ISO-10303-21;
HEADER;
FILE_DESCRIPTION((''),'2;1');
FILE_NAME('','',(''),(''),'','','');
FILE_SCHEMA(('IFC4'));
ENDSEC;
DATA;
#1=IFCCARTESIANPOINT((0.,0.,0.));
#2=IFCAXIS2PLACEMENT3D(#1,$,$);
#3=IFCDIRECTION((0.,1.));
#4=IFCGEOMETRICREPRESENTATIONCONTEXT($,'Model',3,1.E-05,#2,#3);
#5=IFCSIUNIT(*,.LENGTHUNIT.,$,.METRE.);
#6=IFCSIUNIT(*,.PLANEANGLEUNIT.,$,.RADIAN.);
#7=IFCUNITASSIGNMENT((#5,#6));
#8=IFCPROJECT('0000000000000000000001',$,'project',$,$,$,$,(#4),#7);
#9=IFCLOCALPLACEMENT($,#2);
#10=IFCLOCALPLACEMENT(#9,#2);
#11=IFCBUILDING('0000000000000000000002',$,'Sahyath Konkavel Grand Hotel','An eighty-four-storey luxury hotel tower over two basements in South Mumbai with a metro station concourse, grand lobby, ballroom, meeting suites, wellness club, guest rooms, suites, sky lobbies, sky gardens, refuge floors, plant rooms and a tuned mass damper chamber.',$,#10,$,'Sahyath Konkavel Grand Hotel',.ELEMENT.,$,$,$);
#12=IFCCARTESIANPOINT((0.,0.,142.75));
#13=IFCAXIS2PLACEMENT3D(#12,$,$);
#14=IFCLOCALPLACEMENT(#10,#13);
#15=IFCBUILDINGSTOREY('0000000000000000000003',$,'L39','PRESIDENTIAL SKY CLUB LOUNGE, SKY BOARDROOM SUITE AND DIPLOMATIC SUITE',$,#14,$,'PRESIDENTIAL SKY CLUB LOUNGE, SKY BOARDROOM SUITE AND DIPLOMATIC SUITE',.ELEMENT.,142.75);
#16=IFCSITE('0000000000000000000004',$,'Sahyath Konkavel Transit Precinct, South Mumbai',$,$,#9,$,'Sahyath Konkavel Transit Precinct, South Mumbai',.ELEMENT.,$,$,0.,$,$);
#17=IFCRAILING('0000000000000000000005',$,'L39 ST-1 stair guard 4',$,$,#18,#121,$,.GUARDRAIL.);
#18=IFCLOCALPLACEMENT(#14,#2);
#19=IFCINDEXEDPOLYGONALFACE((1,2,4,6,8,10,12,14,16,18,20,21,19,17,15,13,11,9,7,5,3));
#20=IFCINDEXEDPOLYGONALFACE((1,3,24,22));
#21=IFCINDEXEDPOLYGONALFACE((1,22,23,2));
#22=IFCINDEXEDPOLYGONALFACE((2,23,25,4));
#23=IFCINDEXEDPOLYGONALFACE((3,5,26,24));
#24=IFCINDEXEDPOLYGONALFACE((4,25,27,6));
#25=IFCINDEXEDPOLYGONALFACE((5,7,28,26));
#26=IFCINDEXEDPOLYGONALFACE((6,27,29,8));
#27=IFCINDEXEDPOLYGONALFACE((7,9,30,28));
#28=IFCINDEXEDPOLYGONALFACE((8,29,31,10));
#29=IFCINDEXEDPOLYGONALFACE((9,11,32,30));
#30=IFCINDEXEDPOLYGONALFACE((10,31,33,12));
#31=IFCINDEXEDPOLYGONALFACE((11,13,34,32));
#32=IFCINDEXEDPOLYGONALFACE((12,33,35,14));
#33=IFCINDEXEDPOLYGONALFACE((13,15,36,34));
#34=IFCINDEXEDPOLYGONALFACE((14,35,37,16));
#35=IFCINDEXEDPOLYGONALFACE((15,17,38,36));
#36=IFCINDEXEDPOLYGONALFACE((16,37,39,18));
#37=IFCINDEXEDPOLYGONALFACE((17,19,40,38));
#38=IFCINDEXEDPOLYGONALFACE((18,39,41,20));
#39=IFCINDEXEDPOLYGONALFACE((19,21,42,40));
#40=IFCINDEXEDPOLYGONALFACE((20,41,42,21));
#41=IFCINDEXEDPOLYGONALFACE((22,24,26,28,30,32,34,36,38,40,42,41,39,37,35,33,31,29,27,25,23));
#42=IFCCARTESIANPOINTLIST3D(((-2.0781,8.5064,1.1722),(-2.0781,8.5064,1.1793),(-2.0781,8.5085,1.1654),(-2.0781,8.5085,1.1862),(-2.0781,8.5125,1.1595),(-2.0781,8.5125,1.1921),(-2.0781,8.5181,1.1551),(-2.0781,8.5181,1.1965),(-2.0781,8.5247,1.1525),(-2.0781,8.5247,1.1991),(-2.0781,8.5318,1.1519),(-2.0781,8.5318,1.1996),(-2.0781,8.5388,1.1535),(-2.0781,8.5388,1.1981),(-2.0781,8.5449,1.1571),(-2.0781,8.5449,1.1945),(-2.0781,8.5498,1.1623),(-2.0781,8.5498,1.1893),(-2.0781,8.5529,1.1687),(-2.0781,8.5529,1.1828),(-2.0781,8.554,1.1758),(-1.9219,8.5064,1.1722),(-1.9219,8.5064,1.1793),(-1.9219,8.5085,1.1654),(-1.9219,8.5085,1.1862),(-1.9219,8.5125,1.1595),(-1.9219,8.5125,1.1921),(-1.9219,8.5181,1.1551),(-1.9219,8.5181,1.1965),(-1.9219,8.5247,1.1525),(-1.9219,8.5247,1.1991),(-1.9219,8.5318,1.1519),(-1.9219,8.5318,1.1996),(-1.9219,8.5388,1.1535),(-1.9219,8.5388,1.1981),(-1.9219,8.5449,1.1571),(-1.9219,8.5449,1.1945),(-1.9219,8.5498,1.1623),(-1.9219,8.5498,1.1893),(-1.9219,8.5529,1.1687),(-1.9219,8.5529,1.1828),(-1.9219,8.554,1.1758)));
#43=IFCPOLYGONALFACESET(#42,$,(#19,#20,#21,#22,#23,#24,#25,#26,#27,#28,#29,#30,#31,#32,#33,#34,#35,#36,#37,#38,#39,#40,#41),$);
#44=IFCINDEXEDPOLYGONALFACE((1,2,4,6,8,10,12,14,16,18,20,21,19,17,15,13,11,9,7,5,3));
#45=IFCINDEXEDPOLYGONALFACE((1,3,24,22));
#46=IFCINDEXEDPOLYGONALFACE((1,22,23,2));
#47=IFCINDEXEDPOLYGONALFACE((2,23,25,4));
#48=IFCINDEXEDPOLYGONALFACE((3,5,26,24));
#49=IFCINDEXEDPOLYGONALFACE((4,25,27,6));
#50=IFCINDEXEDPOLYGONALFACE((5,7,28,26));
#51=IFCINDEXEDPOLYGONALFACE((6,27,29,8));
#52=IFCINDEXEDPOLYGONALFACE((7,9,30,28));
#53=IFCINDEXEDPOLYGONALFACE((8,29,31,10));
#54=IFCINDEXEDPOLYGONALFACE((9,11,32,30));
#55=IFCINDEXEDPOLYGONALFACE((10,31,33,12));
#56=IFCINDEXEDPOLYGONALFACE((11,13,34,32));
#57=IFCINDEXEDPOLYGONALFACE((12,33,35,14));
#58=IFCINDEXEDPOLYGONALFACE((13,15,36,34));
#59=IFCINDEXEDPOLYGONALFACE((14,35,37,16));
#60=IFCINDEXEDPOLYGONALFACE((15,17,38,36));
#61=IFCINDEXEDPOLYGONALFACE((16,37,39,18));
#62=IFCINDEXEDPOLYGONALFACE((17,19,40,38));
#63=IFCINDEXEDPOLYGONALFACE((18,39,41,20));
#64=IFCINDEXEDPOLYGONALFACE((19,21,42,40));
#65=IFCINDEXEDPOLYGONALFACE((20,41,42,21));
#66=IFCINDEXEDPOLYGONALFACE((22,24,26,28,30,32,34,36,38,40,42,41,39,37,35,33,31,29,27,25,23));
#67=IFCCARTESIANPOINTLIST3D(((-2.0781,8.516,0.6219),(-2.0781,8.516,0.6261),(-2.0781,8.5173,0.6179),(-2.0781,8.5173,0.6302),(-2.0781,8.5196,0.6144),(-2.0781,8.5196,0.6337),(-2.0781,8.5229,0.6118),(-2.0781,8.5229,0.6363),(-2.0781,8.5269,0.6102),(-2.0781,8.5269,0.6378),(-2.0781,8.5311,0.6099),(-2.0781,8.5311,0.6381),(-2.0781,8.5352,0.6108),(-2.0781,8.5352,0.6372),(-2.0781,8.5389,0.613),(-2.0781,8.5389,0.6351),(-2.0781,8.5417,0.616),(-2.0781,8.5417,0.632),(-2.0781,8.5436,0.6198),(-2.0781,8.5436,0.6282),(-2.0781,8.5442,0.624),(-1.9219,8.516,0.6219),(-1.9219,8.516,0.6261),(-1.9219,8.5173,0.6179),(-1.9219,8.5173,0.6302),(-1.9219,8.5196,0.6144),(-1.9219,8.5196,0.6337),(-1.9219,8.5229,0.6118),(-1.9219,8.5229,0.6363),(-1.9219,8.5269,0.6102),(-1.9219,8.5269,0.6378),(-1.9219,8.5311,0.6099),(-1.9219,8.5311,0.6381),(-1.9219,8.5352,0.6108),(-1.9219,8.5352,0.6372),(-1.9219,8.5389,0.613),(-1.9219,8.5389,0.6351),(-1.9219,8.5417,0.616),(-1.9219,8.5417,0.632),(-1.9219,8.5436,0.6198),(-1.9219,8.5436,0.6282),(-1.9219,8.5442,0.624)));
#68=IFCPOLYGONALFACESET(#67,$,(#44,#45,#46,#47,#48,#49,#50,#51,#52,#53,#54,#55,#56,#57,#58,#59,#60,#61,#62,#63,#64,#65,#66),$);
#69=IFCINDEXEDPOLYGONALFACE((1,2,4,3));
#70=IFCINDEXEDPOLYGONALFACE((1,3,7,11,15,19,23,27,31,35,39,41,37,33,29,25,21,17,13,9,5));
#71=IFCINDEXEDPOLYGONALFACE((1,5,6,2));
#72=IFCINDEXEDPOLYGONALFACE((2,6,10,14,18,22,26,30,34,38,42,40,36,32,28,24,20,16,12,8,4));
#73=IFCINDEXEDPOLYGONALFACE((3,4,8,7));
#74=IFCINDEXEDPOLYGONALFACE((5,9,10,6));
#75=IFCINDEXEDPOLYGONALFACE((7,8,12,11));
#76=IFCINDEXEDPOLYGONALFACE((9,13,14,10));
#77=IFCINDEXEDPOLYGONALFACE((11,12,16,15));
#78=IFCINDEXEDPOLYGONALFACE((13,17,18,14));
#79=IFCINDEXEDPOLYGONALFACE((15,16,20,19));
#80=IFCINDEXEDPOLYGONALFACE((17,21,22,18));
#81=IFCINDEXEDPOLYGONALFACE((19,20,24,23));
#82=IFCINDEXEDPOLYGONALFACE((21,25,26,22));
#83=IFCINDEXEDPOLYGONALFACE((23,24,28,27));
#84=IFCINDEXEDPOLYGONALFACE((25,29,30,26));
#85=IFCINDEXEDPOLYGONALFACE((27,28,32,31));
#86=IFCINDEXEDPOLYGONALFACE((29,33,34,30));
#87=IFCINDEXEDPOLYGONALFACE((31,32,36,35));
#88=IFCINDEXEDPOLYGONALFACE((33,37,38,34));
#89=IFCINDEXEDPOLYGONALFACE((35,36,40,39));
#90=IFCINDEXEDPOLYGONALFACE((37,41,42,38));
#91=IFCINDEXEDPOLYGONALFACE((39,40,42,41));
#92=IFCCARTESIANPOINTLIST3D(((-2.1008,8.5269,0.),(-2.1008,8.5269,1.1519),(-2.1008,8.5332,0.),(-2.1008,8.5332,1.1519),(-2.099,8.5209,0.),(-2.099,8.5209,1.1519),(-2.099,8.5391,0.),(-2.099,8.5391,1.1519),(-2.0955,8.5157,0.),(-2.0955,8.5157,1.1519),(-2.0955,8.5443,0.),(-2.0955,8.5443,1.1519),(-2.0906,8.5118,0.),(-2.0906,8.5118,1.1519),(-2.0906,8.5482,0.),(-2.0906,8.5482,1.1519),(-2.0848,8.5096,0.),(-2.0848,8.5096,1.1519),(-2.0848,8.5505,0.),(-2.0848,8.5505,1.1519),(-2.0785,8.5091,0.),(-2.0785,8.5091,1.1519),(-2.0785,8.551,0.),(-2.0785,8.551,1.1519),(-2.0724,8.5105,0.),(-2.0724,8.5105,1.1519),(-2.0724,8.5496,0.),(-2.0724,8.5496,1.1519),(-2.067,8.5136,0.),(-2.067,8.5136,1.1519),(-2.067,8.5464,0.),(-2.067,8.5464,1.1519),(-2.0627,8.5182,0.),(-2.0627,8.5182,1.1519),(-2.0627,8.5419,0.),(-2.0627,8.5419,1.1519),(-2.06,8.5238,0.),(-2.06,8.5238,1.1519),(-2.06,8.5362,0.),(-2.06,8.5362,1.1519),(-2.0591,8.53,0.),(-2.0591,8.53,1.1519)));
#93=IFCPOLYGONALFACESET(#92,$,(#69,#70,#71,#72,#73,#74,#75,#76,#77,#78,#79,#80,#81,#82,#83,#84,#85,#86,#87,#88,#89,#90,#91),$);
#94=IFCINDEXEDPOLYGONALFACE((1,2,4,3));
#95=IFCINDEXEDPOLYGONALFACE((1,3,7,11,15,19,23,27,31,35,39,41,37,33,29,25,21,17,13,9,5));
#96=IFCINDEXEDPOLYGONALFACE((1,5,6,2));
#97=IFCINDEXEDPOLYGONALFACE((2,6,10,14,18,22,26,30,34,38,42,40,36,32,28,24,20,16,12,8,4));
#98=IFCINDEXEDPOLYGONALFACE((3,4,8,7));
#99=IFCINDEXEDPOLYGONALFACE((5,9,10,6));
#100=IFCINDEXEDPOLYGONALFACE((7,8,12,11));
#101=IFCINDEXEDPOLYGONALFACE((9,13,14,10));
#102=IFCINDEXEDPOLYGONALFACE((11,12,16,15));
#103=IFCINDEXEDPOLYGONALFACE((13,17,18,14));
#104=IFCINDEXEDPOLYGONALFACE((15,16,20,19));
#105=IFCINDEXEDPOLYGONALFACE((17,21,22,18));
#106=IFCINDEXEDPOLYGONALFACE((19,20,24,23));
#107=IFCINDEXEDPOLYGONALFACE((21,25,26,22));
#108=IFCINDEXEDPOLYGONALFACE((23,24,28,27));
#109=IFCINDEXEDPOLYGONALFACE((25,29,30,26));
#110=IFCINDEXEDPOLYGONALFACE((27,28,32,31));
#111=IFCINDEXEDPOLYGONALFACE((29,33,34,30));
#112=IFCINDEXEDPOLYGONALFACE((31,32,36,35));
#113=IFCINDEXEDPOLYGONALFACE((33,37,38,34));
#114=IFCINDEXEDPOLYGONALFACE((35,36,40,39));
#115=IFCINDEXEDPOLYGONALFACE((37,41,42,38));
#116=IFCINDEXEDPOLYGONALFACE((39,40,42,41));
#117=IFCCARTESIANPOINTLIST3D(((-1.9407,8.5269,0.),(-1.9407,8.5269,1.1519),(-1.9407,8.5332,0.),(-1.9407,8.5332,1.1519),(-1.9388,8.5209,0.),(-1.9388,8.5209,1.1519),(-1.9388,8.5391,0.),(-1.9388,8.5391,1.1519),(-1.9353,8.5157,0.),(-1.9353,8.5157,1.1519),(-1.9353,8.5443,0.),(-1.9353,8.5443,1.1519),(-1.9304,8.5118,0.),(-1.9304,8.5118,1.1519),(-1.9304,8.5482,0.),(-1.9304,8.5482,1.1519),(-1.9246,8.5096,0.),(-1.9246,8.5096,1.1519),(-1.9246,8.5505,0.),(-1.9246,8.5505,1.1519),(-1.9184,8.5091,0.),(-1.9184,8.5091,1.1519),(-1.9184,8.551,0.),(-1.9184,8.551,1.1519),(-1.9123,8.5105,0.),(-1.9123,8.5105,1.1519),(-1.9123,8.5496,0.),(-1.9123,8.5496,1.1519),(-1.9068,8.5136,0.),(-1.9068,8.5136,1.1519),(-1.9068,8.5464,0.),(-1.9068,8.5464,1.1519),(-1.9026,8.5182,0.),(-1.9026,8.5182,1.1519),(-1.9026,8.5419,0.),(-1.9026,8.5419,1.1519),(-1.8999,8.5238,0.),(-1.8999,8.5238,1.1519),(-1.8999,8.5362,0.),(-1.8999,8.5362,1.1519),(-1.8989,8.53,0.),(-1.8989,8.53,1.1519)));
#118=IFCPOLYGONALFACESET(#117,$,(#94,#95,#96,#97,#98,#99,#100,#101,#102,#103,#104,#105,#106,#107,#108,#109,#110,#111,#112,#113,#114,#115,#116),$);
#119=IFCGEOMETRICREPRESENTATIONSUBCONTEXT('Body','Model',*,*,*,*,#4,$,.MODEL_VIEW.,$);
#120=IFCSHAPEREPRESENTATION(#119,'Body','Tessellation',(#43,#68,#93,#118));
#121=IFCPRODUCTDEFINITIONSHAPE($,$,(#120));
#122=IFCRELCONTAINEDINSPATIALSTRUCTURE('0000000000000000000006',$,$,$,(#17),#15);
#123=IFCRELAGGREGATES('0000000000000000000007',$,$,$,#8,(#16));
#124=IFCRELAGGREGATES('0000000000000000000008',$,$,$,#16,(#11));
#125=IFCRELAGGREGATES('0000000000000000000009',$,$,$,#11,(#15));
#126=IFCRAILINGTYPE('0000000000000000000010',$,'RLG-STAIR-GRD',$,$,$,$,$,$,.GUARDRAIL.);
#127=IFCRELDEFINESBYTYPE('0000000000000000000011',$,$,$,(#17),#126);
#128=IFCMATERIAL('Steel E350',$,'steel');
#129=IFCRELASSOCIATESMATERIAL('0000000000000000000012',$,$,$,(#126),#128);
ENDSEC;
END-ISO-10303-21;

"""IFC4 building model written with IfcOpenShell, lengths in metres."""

from ifc_helpers import new_model, si_unit, direction, frame, origin, origin_2d, place, context, subcontext, project, spatial, circle, extrude, material, type_object, element, save


model = new_model("IFC4")

# Units and contexts
model_context = context("Model", 3, precision=1e-05, world=origin(), true_north=direction((0.0, 1.0)))
body_context = subcontext(model_context, "Body", "Model", "MODEL_VIEW")
ifc_project = project(units=[si_unit("LENGTHUNIT", "METRE"), si_unit("PLANEANGLEUNIT", "RADIAN")], contexts=[model_context])

# Site, building, storey
site_placement = place(None, origin())
site = spatial("IfcSite", under=ifc_project, at=site_placement, Name="Sahyath Konkavel Transit Precinct, South Mumbai", LongName="Sahyath Konkavel Transit Precinct, South Mumbai", CompositionType="ELEMENT", RefElevation=0.0)
building_placement = place(site_placement, origin())
building = spatial("IfcBuilding", under=site, at=building_placement, Name="Sahyath Konkavel Grand Hotel", Description="An eighty-four-storey luxury hotel tower over two basements in South Mumbai with a metro station concourse, grand lobby, ballroom, meeting suites, wellness club, guest rooms, suites, sky lobbies, sky gardens, refuge floors, plant rooms and a tuned mass damper chamber.", LongName="Sahyath Konkavel Grand Hotel", CompositionType="ELEMENT")
storey_placement = place(building_placement, frame((0.0, 0.0, 142.75)))
storey = spatial("IfcBuildingStorey", under=building, at=storey_placement, Name="L39", Description="PRESIDENTIAL SKY CLUB LOUNGE, SKY BOARDROOM SUITE AND DIPLOMATIC SUITE", LongName="PRESIDENTIAL SKY CLUB LOUNGE, SKY BOARDROOM SUITE AND DIPLOMATIC SUITE", CompositionType="ELEMENT", Elevation=142.75)

# Shared definitions
ifc_material_1 = material(Name="Steel E350", Category="steel")

# Railing
railing_type_1 = type_object("IfcRailingType", Name="RLG-STAIR-GRD", PredefinedType="GUARDRAIL", material=ifc_material_1)
railing_1_placement = place(storey_placement, frame((-2.0801, 8.53, 0.0)))
element("IfcRailing", 1, at=railing_1_placement, inside=storey, type_object=railing_type_1, Name="L39 ST-1 stair guard 4", PredefinedType="GUARDRAIL", context=body_context, shape_type="SweptSolid", body=[
    extrude(circle(Radius=0.0239, at=origin_2d()), frame((0.002, 0.0, 1.1758), z_axis=(1.0, 0.0, 0.0), x_axis=(0.0, 1.0, 0.0)), (0.0, 0.0, 1.0), 0.1562),
    extrude(circle(Radius=0.0142, at=origin_2d()), frame((0.002, 0.0, 0.624), z_axis=(1.0, 0.0, 0.0), x_axis=(0.0, 1.0, 0.0)), (0.0, 0.0, 1.0), 0.1562),
    extrude(circle(Radius=0.021, at=origin_2d()), origin(), (0.0, 0.0, 1.0), 1.1519),
    extrude(circle(Radius=0.021, at=origin_2d()), frame((0.1602, 0.0, 0.0)), (0.0, 0.0, 1.0), 1.1519),
])

save(model, "model.ifc")
